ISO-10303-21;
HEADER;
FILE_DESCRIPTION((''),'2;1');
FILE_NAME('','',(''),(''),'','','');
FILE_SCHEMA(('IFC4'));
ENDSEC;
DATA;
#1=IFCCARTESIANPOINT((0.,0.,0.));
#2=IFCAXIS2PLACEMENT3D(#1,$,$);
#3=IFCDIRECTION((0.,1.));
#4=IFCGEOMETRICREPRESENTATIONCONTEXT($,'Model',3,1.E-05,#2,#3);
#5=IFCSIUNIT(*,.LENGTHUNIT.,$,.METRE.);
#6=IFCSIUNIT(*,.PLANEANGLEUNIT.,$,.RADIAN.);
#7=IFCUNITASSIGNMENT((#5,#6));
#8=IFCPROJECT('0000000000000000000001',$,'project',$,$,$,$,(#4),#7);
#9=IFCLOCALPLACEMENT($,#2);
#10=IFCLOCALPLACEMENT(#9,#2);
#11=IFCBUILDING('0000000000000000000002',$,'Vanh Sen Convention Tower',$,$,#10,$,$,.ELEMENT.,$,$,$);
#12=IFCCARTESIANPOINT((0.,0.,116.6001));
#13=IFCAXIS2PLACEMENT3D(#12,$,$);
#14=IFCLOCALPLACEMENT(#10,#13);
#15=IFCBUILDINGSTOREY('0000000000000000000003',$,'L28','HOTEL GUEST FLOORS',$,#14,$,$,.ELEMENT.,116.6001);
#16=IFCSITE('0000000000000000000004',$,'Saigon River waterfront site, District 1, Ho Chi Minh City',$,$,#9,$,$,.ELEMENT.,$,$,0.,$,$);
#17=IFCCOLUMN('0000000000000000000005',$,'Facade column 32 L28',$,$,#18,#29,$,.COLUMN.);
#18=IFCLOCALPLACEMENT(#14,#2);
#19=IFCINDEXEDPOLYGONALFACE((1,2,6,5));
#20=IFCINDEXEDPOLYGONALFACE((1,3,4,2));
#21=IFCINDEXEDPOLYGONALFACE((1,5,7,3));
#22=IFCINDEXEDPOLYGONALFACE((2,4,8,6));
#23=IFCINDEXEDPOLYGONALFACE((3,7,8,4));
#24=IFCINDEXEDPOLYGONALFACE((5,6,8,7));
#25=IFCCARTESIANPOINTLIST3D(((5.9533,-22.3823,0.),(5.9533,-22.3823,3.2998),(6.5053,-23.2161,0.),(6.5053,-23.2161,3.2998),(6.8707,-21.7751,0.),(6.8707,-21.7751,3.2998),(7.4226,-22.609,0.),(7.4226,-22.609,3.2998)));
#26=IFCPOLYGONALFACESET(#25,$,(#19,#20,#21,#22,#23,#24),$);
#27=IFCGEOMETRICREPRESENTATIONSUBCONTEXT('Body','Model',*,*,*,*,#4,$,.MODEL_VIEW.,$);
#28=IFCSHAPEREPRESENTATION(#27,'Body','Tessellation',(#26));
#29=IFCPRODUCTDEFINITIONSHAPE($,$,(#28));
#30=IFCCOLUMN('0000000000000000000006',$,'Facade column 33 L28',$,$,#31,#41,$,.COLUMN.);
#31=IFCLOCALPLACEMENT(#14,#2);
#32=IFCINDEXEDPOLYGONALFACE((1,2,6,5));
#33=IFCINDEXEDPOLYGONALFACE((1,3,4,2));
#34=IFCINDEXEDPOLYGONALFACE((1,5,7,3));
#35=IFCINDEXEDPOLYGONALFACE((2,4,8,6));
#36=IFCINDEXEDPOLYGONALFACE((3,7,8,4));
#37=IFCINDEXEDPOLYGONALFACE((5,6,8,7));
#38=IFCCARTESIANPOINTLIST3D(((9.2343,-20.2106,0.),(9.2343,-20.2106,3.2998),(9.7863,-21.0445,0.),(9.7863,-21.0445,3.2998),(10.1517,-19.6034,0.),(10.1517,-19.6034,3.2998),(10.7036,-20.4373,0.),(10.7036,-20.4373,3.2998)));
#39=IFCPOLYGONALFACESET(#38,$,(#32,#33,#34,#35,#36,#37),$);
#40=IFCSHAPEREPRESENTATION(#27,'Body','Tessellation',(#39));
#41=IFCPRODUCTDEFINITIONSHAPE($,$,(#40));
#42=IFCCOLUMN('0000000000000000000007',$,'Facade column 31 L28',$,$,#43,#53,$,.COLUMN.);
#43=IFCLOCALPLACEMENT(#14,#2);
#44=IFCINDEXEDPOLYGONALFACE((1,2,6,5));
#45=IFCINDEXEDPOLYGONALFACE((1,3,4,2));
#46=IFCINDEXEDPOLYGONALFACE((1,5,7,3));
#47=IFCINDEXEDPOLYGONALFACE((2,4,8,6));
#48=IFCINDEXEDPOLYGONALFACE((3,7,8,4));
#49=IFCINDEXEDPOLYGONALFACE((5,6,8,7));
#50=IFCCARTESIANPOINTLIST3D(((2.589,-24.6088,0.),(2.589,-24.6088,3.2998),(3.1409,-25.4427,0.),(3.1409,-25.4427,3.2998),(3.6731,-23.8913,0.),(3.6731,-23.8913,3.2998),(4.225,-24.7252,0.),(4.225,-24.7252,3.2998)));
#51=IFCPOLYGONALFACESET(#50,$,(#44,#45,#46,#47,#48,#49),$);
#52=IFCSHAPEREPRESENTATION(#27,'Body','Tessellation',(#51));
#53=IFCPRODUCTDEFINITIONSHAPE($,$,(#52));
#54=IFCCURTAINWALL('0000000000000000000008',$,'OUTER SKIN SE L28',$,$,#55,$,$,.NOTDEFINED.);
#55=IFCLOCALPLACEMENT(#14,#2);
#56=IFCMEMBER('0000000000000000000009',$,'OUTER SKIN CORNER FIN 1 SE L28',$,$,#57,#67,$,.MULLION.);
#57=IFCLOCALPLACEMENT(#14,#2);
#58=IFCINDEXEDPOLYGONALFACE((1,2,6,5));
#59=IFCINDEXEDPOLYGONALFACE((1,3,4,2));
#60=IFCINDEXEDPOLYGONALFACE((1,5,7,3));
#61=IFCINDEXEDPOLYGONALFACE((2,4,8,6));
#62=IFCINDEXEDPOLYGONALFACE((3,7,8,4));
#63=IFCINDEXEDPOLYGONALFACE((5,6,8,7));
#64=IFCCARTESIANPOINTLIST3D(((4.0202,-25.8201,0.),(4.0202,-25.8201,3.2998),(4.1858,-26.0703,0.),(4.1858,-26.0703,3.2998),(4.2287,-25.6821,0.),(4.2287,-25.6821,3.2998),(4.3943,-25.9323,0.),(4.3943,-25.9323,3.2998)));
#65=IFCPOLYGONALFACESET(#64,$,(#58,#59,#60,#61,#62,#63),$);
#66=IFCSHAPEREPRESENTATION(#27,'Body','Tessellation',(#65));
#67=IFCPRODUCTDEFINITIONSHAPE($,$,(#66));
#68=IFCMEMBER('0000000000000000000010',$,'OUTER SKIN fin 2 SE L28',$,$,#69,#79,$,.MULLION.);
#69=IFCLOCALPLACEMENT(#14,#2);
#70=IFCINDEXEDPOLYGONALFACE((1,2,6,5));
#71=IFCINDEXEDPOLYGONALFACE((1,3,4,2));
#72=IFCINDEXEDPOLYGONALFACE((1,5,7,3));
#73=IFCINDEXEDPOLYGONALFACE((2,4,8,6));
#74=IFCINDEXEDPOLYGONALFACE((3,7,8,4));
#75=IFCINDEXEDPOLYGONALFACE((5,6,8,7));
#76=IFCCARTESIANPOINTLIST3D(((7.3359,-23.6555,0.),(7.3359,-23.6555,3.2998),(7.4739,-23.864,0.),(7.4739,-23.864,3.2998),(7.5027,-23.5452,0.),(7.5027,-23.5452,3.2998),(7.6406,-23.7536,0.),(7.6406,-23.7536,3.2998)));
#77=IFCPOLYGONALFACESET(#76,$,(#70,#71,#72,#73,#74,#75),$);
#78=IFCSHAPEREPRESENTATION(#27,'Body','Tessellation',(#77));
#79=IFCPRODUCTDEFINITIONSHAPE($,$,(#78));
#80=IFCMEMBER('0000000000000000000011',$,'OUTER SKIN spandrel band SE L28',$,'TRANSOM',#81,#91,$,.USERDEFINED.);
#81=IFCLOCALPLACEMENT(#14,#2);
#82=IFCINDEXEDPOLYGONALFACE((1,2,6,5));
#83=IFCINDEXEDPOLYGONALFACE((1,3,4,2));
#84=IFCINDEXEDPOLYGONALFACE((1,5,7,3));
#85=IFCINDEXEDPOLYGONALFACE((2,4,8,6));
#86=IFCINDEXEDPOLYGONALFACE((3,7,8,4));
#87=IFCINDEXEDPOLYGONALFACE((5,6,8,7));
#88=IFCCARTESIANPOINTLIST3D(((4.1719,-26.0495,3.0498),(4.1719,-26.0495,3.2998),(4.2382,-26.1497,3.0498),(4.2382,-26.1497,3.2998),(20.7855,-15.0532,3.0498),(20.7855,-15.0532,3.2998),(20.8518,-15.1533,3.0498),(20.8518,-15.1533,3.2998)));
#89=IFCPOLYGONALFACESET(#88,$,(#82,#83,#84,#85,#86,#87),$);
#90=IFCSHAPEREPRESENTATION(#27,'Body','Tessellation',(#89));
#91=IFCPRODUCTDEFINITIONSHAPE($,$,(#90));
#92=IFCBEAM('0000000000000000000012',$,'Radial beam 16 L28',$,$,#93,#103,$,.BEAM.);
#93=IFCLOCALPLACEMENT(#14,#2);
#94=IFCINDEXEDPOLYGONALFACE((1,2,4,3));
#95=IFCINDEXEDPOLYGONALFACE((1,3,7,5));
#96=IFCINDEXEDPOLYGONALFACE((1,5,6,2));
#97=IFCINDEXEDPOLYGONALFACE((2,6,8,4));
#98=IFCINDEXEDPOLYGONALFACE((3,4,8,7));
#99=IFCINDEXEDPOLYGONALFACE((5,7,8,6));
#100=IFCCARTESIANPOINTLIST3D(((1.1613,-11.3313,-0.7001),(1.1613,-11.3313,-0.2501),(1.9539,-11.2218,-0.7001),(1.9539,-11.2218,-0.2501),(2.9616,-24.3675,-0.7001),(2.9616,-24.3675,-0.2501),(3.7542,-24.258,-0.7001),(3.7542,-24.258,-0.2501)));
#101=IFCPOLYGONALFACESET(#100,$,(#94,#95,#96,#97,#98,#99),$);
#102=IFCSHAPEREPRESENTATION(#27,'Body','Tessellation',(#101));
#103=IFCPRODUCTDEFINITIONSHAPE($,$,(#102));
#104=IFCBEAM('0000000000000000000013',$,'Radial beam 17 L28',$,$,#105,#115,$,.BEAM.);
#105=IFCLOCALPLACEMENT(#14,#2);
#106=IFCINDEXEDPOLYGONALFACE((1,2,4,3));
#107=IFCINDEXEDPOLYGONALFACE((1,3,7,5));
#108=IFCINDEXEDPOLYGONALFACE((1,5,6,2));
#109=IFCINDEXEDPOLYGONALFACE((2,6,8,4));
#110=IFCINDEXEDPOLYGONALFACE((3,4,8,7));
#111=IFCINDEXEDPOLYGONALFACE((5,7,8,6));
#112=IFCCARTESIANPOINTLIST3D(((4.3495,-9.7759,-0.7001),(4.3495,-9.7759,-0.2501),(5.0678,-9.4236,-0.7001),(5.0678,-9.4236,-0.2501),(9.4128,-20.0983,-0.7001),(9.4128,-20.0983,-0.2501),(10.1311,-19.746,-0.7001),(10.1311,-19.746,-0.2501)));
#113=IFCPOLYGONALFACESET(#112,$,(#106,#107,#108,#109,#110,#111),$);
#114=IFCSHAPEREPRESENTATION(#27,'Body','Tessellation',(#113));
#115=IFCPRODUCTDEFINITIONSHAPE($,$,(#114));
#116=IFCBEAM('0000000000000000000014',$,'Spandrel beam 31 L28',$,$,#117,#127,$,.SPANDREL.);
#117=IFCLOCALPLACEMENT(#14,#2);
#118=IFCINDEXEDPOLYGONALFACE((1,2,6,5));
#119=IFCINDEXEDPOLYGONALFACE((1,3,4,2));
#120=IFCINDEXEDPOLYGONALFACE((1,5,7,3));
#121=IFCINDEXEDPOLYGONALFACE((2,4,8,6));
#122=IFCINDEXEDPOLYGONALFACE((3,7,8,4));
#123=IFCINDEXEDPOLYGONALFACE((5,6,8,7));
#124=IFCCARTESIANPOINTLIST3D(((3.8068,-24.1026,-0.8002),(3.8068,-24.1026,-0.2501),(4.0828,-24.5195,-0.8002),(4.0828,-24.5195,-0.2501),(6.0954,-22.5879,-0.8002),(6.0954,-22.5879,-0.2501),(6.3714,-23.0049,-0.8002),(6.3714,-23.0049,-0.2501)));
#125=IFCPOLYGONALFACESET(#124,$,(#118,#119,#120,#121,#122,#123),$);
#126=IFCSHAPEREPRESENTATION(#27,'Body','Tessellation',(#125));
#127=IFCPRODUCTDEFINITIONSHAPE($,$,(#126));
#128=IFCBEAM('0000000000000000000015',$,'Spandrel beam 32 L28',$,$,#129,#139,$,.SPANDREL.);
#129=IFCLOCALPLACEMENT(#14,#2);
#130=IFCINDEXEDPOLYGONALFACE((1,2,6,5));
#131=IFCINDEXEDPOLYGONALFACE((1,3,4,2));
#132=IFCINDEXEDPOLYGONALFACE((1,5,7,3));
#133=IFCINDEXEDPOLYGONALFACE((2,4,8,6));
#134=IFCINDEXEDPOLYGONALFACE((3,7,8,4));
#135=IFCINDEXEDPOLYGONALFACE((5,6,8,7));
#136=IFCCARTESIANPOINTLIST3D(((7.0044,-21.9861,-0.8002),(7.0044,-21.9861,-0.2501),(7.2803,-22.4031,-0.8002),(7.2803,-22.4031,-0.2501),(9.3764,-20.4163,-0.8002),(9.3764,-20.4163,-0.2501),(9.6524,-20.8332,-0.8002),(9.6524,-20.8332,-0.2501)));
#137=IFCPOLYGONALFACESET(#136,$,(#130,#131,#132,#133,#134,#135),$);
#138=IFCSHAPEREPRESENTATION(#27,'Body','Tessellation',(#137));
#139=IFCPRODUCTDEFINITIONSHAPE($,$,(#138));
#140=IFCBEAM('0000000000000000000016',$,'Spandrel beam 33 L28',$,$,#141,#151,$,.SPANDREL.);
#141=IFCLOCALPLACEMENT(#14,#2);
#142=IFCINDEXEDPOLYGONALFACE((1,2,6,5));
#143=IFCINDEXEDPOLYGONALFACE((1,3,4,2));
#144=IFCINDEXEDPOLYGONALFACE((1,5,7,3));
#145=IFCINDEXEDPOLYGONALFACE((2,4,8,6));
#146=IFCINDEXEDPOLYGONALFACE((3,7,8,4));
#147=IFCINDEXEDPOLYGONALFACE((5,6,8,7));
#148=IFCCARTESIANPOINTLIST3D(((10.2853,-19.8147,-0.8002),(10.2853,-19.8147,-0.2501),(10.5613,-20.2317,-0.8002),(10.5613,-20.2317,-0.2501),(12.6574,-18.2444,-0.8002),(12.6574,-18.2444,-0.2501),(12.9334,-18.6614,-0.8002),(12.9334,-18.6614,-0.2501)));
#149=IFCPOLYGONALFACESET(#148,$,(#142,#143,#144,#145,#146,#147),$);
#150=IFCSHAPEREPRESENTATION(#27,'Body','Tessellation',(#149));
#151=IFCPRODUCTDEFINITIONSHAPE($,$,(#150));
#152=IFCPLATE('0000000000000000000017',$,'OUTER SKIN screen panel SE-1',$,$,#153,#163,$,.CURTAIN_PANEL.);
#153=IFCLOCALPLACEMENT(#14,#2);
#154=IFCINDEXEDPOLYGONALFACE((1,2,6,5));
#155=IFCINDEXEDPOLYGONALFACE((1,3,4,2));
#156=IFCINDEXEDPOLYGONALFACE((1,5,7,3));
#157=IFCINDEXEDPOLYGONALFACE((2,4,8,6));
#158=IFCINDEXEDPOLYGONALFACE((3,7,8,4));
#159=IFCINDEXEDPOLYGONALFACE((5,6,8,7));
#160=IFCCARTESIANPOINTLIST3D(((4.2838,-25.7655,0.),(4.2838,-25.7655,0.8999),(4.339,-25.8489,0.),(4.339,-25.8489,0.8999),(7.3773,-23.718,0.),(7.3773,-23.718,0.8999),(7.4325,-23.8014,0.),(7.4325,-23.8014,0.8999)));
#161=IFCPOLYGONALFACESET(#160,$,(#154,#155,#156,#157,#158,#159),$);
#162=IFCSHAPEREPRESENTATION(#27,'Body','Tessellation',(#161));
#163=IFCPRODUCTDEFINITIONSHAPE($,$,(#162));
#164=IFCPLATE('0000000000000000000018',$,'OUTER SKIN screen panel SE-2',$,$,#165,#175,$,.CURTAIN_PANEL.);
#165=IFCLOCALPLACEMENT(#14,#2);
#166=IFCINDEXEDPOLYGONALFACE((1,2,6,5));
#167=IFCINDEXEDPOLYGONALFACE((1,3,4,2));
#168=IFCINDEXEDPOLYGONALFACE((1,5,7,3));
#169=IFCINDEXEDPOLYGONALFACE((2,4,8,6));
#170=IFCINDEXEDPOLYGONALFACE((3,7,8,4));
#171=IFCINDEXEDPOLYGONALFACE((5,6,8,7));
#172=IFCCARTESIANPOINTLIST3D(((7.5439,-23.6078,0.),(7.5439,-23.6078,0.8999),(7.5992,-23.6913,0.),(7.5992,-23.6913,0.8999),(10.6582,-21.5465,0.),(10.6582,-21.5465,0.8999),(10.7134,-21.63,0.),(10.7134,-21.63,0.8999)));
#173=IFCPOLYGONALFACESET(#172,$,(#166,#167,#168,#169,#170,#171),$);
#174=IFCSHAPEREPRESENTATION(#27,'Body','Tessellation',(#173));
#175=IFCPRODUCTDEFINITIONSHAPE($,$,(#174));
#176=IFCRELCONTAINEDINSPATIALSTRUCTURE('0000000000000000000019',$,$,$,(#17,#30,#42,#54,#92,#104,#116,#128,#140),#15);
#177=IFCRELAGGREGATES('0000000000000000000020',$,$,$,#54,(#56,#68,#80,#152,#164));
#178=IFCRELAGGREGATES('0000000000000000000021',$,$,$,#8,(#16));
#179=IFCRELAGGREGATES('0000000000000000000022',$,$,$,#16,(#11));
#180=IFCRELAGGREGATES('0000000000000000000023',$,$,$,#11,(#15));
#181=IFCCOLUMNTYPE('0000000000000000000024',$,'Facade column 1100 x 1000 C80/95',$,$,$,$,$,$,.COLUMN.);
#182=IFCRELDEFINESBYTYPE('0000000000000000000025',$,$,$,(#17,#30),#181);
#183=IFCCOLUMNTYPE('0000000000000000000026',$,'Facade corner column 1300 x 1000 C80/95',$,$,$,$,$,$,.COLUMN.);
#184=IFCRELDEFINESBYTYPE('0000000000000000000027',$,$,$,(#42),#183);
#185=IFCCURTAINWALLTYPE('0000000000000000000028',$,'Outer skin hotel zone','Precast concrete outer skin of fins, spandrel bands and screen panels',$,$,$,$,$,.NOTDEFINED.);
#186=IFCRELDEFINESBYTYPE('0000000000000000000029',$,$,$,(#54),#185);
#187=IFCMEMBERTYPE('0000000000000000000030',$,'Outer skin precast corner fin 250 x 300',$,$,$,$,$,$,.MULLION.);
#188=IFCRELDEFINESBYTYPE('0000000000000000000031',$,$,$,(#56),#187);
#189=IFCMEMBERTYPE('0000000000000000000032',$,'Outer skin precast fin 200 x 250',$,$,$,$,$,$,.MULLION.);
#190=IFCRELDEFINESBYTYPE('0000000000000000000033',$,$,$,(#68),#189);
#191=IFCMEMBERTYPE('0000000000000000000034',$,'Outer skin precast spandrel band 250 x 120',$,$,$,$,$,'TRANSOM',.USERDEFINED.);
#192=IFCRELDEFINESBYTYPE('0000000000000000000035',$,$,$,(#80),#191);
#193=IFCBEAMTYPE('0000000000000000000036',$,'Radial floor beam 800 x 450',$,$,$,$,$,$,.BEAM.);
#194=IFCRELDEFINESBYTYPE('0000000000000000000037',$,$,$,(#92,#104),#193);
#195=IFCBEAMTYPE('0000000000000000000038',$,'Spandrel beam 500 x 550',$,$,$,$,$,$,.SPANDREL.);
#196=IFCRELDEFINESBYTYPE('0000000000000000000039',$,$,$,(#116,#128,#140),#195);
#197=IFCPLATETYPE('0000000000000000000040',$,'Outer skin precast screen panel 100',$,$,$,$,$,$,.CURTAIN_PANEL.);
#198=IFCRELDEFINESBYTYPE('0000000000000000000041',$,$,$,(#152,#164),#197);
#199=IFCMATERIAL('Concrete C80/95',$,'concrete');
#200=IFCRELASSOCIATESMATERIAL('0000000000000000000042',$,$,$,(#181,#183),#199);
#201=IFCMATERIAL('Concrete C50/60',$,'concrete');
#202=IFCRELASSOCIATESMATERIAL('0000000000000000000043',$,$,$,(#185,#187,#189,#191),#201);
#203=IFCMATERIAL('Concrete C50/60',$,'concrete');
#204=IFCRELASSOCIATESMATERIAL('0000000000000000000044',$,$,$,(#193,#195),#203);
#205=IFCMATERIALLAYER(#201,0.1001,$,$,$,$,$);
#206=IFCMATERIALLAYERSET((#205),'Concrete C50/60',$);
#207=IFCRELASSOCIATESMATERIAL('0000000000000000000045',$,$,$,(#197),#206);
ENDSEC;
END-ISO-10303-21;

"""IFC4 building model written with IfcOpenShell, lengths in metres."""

from ifc_helpers import new_model, si_unit, direction, frame, origin, origin_2d, place, context, subcontext, project, spatial, rectangle, extrude, material, layer, layer_set, material_profile, profile_set, type_object, element, aggregate, save


model = new_model("IFC4")

# Units and contexts
model_context = context("Model", 3, precision=1e-05, world=origin(), true_north=direction((0.0, 1.0)))
body_context = subcontext(model_context, "Body", "Model", "MODEL_VIEW")
ifc_project = project(units=[si_unit("LENGTHUNIT", "METRE"), si_unit("PLANEANGLEUNIT", "RADIAN")], contexts=[model_context])

# Site, building, storey
site_placement = place(None, origin())
site = spatial("IfcSite", under=ifc_project, at=site_placement, Name="Saigon River waterfront site, District 1, Ho Chi Minh City", CompositionType="ELEMENT", RefElevation=0.0)
building_placement = place(site_placement, origin())
building = spatial("IfcBuilding", under=site, at=building_placement, Name="Vanh Sen Convention Tower", CompositionType="ELEMENT")
storey_placement = place(building_placement, frame((0.0, 0.0, 116.6001)))
storey = spatial("IfcBuildingStorey", under=building, at=storey_placement, Name="L28", Description="HOTEL GUEST FLOORS", CompositionType="ELEMENT", Elevation=116.6001)

# Columns
ifc_material_1 = material(Name="Concrete C80/95", Category="concrete")
ifc_material_profile_1 = material_profile(ifc_material_1, rectangle(XDim=1.1001, YDim=1.0, at=origin_2d()), Name="RC 1100X1000")
ifc_profile_set_1 = profile_set([ifc_material_profile_1], Name="Concrete C80/95")
column_type_1 = type_object("IfcColumnType", Name="Facade column 1100 x 1000 C80/95", PredefinedType="COLUMN", material=ifc_profile_set_1)
for number, where, z_axis, x_axis, name in (
    (1, (6.688, -22.4956, 0.0), (0.0, 0.0, 1.0), (0.833886, 0.551937, 0.0), "Facade column 32 L28"),
    (2, (9.969, -20.324, 0.0), (0.0, 0.0, 1.0), (0.833886, 0.551937, 0.0), "Facade column 33 L28"),
):
    element("IfcColumn", number, at=place(storey_placement, frame(where, z_axis=z_axis, x_axis=x_axis)), inside=storey, type_object=column_type_1, Name=name, PredefinedType="COLUMN", context=body_context, shape_type="SweptSolid", body=[
        extrude(rectangle(XDim=1.1001, YDim=1.0, at=origin_2d()), origin(), (0.0, 0.0, 1.0), 3.2998),
    ])
ifc_material_profile_2 = material_profile(ifc_material_1, rectangle(XDim=1.3, YDim=1.0, at=origin_2d()), Name="RC 1300X1000")
ifc_profile_set_2 = profile_set([ifc_material_profile_2], Name="Concrete C80/95")
column_type_2 = type_object("IfcColumnType", Name="Facade corner column 1300 x 1000 C80/95", PredefinedType="COLUMN", material=ifc_profile_set_2)
column_placement = place(storey_placement, frame((3.407, -24.667, 0.0), z_axis=(0.0, 0.0, 1.0), x_axis=(0.833886, 0.551937, 0.0)))
element("IfcColumn", 3, at=column_placement, inside=storey, type_object=column_type_2, Name="Facade column 31 L28", PredefinedType="COLUMN", context=body_context, shape_type="SweptSolid", body=[
    extrude(rectangle(XDim=1.3, YDim=1.0, at=origin_2d()), origin(), (0.0, 0.0, 1.0), 3.2998),
])

# Curtain wall, members
ifc_material_2 = material(Name="Concrete C50/60", Category="concrete")
curtain_wall_type = type_object("IfcCurtainWallType", Name="Outer skin hotel zone", Description="Precast concrete outer skin of fins, spandrel bands and screen panels", PredefinedType="NOTDEFINED", material=ifc_material_2)
curtain_wall_placement = place(storey_placement, origin())
curtain_wall = element("IfcCurtainWall", 4, at=curtain_wall_placement, inside=storey, type_object=curtain_wall_type, Name="OUTER SKIN SE L28", PredefinedType="NOTDEFINED")
ifc_material_profile_3 = material_profile(ifc_material_2, rectangle(XDim=0.25, YDim=0.3, at=origin_2d()), Name="Outer skin precast corner fin 250 x 300")
ifc_profile_set_3 = profile_set([ifc_material_profile_3], Name="Concrete C50/60")
member_type_1 = type_object("IfcMemberType", Name="Outer skin precast corner fin 250 x 300", PredefinedType="MULLION", material=ifc_profile_set_3)
member_1_placement = place(storey_placement, frame((4.2073, -25.8762, 0.0), z_axis=(0.0, 0.0, 1.0), x_axis=(0.833886, 0.551937, 0.0)))
member_1 = element("IfcMember", 5, at=member_1_placement, type_object=member_type_1, Name="OUTER SKIN CORNER FIN 1 SE L28", PredefinedType="MULLION", context=body_context, shape_type="SweptSolid", body=[
    extrude(rectangle(XDim=0.25, YDim=0.3, at=origin_2d()), origin(), (0.0, 0.0, 1.0), 3.2998),
])
ifc_material_profile_4 = material_profile(ifc_material_2, rectangle(XDim=0.2, YDim=0.25, at=origin_2d()), Name="Outer skin precast fin 200 x 250")
ifc_profile_set_4 = profile_set([ifc_material_profile_4], Name="Concrete C50/60")
member_type_2 = type_object("IfcMemberType", Name="Outer skin precast fin 200 x 250", PredefinedType="MULLION", material=ifc_profile_set_4)
member_2_placement = place(storey_placement, frame((7.4883, -23.7046, 0.0), z_axis=(0.0, 0.0, 1.0), x_axis=(0.833886, 0.551937, 0.0)))
member_2 = element("IfcMember", 6, at=member_2_placement, type_object=member_type_2, Name="OUTER SKIN fin 2 SE L28", PredefinedType="MULLION", context=body_context, shape_type="SweptSolid", body=[
    extrude(rectangle(XDim=0.2, YDim=0.25, at=origin_2d()), origin(), (0.0, 0.0, 1.0), 3.2998),
])
ifc_material_profile_5 = material_profile(ifc_material_2, rectangle(XDim=0.1201, YDim=0.25, at=origin_2d()), Name="Outer skin precast spandrel band 250 x 120")
ifc_profile_set_5 = profile_set([ifc_material_profile_5], Name="Concrete C50/60")
member_type_3 = type_object("IfcMemberType", Name="Outer skin precast spandrel band 250 x 120", ElementType="TRANSOM", PredefinedType="USERDEFINED", material=ifc_profile_set_5)
member_3_placement = place(storey_placement, frame((4.2051, -26.0996, 3.1748), z_axis=(0.833884, 0.55194, 0.0), x_axis=(-0.55194, 0.833884, 0.0)))
member_3 = element("IfcMember", 7, at=member_3_placement, type_object=member_type_3, Name="OUTER SKIN spandrel band SE L28", ObjectType="TRANSOM", PredefinedType="USERDEFINED", context=body_context, shape_type="SweptSolid", body=[
    extrude(rectangle(XDim=0.1201, YDim=0.25, at=origin_2d()), origin(), (0.0, 0.0, 1.0), 19.9231),
])

# Beams
ifc_material_3 = material(Name="Concrete C50/60", Category="concrete")
ifc_material_profile_6 = material_profile(ifc_material_3, rectangle(XDim=0.8, YDim=0.45, at=origin_2d()), Name="RC 800X450")
ifc_profile_set_6 = profile_set([ifc_material_profile_6], Name="Concrete C50/60")
beam_type_1 = type_object("IfcBeamType", Name="Radial floor beam 800 x 450", PredefinedType="BEAM", material=ifc_profile_set_6)
beam_1_placement = place(storey_placement, frame((3.3579, -24.3127, -0.4751), z_axis=(-0.136802, 0.990598, 0.0), x_axis=(-0.990598, -0.136802, 0.0)))
element("IfcBeam", 8, at=beam_1_placement, inside=storey, type_object=beam_type_1, Name="Radial beam 16 L28", PredefinedType="BEAM", context=body_context, shape_type="SweptSolid", body=[
    extrude(rectangle(XDim=0.8, YDim=0.45, at=origin_2d()), origin(), (0.0, 0.0, 1.0), 13.1599),
])
beam_2_placement = place(storey_placement, frame((9.772, -19.9221, -0.4751), z_axis=(-0.440389, 0.897807, 0.0), x_axis=(-0.897807, -0.440389, 0.0)))
element("IfcBeam", 9, at=beam_2_placement, inside=storey, type_object=beam_type_1, Name="Radial beam 17 L28", PredefinedType="BEAM", context=body_context, shape_type="SweptSolid", body=[
    extrude(rectangle(XDim=0.8, YDim=0.45, at=origin_2d()), origin(), (0.0, 0.0, 1.0), 11.4973),
])
ifc_material_profile_7 = material_profile(ifc_material_3, rectangle(XDim=0.5, YDim=0.55, at=origin_2d()), Name="RC 500X550")
ifc_profile_set_7 = profile_set([ifc_material_profile_7], Name="Concrete C50/60")
beam_type_2 = type_object("IfcBeamType", Name="Spandrel beam 500 x 550", PredefinedType="SPANDREL", material=ifc_profile_set_7)
beam_3_placement = place(storey_placement, frame((3.9448, -24.311, -0.5251), z_axis=(0.833907, 0.551905, 0.0), x_axis=(-0.551905, 0.833907, 0.0)))
element("IfcBeam", 10, at=beam_3_placement, inside=storey, type_object=beam_type_2, Name="Spandrel beam 31 L28", PredefinedType="SPANDREL", context=body_context, shape_type="SweptSolid", body=[
    extrude(rectangle(XDim=0.5, YDim=0.55, at=origin_2d()), origin(), (0.0, 0.0, 1.0), 2.7444),
])
beam_4_placement = place(storey_placement, frame((7.1423, -22.1946, -0.5251), z_axis=(0.833921, 0.551884, 0.0), x_axis=(-0.551884, 0.833921, 0.0)))
element("IfcBeam", 11, at=beam_4_placement, inside=storey, type_object=beam_type_2, Name="Spandrel beam 32 L28", PredefinedType="SPANDREL", context=body_context, shape_type="SweptSolid", body=[
    extrude(rectangle(XDim=0.5, YDim=0.55, at=origin_2d()), origin(), (0.0, 0.0, 1.0), 2.8445),
])
beam_5_placement = place(storey_placement, frame((10.4233, -20.0232, -0.5251), z_axis=(0.833842, 0.552004, 0.0), x_axis=(-0.552004, 0.833842, 0.0)))
element("IfcBeam", 12, at=beam_5_placement, inside=storey, type_object=beam_type_2, Name="Spandrel beam 33 L28", PredefinedType="SPANDREL", context=body_context, shape_type="SweptSolid", body=[
    extrude(rectangle(XDim=0.5, YDim=0.55, at=origin_2d()), origin(), (0.0, 0.0, 1.0), 2.8447),
])

# Plates
ifc_layer_1 = layer(ifc_material_2, 0.1001)
ifc_layer_set_1 = layer_set([ifc_layer_1], Name="Concrete C50/60")
plate_type = type_object("IfcPlateType", Name="Outer skin precast screen panel 100", PredefinedType="CURTAIN_PANEL", material=ifc_layer_set_1)
plate_1_placement = place(storey_placement, frame((5.8582, -24.7834, 0.0), z_axis=(0.0, 0.0, 1.0), x_axis=(0.833892, 0.551928, 0.0)))
plate_1 = element("IfcPlate", 13, at=plate_1_placement, type_object=plate_type, Name="OUTER SKIN screen panel SE-1", PredefinedType="CURTAIN_PANEL", context=body_context, shape_type="SweptSolid", body=[
    extrude(rectangle(XDim=3.7097, YDim=0.1001, at=origin_2d()), origin(), (0.0, 0.0, 1.0), 0.8999),
])
plate_2_placement = place(storey_placement, frame((9.1287, -22.6189, 0.0), z_axis=(0.0, 0.0, 1.0), x_axis=(0.833892, 0.551928, 0.0)))
plate_2 = element("IfcPlate", 14, at=plate_2_placement, type_object=plate_type, Name="OUTER SKIN screen panel SE-2", PredefinedType="CURTAIN_PANEL", context=body_context, shape_type="SweptSolid", body=[
    extrude(rectangle(XDim=3.7346, YDim=0.1001, at=origin_2d()), origin(), (0.0, 0.0, 1.0), 0.8999),
])
aggregate(curtain_wall, [member_1, member_2, member_3, plate_1, plate_2])

save(model, "model.ifc")
